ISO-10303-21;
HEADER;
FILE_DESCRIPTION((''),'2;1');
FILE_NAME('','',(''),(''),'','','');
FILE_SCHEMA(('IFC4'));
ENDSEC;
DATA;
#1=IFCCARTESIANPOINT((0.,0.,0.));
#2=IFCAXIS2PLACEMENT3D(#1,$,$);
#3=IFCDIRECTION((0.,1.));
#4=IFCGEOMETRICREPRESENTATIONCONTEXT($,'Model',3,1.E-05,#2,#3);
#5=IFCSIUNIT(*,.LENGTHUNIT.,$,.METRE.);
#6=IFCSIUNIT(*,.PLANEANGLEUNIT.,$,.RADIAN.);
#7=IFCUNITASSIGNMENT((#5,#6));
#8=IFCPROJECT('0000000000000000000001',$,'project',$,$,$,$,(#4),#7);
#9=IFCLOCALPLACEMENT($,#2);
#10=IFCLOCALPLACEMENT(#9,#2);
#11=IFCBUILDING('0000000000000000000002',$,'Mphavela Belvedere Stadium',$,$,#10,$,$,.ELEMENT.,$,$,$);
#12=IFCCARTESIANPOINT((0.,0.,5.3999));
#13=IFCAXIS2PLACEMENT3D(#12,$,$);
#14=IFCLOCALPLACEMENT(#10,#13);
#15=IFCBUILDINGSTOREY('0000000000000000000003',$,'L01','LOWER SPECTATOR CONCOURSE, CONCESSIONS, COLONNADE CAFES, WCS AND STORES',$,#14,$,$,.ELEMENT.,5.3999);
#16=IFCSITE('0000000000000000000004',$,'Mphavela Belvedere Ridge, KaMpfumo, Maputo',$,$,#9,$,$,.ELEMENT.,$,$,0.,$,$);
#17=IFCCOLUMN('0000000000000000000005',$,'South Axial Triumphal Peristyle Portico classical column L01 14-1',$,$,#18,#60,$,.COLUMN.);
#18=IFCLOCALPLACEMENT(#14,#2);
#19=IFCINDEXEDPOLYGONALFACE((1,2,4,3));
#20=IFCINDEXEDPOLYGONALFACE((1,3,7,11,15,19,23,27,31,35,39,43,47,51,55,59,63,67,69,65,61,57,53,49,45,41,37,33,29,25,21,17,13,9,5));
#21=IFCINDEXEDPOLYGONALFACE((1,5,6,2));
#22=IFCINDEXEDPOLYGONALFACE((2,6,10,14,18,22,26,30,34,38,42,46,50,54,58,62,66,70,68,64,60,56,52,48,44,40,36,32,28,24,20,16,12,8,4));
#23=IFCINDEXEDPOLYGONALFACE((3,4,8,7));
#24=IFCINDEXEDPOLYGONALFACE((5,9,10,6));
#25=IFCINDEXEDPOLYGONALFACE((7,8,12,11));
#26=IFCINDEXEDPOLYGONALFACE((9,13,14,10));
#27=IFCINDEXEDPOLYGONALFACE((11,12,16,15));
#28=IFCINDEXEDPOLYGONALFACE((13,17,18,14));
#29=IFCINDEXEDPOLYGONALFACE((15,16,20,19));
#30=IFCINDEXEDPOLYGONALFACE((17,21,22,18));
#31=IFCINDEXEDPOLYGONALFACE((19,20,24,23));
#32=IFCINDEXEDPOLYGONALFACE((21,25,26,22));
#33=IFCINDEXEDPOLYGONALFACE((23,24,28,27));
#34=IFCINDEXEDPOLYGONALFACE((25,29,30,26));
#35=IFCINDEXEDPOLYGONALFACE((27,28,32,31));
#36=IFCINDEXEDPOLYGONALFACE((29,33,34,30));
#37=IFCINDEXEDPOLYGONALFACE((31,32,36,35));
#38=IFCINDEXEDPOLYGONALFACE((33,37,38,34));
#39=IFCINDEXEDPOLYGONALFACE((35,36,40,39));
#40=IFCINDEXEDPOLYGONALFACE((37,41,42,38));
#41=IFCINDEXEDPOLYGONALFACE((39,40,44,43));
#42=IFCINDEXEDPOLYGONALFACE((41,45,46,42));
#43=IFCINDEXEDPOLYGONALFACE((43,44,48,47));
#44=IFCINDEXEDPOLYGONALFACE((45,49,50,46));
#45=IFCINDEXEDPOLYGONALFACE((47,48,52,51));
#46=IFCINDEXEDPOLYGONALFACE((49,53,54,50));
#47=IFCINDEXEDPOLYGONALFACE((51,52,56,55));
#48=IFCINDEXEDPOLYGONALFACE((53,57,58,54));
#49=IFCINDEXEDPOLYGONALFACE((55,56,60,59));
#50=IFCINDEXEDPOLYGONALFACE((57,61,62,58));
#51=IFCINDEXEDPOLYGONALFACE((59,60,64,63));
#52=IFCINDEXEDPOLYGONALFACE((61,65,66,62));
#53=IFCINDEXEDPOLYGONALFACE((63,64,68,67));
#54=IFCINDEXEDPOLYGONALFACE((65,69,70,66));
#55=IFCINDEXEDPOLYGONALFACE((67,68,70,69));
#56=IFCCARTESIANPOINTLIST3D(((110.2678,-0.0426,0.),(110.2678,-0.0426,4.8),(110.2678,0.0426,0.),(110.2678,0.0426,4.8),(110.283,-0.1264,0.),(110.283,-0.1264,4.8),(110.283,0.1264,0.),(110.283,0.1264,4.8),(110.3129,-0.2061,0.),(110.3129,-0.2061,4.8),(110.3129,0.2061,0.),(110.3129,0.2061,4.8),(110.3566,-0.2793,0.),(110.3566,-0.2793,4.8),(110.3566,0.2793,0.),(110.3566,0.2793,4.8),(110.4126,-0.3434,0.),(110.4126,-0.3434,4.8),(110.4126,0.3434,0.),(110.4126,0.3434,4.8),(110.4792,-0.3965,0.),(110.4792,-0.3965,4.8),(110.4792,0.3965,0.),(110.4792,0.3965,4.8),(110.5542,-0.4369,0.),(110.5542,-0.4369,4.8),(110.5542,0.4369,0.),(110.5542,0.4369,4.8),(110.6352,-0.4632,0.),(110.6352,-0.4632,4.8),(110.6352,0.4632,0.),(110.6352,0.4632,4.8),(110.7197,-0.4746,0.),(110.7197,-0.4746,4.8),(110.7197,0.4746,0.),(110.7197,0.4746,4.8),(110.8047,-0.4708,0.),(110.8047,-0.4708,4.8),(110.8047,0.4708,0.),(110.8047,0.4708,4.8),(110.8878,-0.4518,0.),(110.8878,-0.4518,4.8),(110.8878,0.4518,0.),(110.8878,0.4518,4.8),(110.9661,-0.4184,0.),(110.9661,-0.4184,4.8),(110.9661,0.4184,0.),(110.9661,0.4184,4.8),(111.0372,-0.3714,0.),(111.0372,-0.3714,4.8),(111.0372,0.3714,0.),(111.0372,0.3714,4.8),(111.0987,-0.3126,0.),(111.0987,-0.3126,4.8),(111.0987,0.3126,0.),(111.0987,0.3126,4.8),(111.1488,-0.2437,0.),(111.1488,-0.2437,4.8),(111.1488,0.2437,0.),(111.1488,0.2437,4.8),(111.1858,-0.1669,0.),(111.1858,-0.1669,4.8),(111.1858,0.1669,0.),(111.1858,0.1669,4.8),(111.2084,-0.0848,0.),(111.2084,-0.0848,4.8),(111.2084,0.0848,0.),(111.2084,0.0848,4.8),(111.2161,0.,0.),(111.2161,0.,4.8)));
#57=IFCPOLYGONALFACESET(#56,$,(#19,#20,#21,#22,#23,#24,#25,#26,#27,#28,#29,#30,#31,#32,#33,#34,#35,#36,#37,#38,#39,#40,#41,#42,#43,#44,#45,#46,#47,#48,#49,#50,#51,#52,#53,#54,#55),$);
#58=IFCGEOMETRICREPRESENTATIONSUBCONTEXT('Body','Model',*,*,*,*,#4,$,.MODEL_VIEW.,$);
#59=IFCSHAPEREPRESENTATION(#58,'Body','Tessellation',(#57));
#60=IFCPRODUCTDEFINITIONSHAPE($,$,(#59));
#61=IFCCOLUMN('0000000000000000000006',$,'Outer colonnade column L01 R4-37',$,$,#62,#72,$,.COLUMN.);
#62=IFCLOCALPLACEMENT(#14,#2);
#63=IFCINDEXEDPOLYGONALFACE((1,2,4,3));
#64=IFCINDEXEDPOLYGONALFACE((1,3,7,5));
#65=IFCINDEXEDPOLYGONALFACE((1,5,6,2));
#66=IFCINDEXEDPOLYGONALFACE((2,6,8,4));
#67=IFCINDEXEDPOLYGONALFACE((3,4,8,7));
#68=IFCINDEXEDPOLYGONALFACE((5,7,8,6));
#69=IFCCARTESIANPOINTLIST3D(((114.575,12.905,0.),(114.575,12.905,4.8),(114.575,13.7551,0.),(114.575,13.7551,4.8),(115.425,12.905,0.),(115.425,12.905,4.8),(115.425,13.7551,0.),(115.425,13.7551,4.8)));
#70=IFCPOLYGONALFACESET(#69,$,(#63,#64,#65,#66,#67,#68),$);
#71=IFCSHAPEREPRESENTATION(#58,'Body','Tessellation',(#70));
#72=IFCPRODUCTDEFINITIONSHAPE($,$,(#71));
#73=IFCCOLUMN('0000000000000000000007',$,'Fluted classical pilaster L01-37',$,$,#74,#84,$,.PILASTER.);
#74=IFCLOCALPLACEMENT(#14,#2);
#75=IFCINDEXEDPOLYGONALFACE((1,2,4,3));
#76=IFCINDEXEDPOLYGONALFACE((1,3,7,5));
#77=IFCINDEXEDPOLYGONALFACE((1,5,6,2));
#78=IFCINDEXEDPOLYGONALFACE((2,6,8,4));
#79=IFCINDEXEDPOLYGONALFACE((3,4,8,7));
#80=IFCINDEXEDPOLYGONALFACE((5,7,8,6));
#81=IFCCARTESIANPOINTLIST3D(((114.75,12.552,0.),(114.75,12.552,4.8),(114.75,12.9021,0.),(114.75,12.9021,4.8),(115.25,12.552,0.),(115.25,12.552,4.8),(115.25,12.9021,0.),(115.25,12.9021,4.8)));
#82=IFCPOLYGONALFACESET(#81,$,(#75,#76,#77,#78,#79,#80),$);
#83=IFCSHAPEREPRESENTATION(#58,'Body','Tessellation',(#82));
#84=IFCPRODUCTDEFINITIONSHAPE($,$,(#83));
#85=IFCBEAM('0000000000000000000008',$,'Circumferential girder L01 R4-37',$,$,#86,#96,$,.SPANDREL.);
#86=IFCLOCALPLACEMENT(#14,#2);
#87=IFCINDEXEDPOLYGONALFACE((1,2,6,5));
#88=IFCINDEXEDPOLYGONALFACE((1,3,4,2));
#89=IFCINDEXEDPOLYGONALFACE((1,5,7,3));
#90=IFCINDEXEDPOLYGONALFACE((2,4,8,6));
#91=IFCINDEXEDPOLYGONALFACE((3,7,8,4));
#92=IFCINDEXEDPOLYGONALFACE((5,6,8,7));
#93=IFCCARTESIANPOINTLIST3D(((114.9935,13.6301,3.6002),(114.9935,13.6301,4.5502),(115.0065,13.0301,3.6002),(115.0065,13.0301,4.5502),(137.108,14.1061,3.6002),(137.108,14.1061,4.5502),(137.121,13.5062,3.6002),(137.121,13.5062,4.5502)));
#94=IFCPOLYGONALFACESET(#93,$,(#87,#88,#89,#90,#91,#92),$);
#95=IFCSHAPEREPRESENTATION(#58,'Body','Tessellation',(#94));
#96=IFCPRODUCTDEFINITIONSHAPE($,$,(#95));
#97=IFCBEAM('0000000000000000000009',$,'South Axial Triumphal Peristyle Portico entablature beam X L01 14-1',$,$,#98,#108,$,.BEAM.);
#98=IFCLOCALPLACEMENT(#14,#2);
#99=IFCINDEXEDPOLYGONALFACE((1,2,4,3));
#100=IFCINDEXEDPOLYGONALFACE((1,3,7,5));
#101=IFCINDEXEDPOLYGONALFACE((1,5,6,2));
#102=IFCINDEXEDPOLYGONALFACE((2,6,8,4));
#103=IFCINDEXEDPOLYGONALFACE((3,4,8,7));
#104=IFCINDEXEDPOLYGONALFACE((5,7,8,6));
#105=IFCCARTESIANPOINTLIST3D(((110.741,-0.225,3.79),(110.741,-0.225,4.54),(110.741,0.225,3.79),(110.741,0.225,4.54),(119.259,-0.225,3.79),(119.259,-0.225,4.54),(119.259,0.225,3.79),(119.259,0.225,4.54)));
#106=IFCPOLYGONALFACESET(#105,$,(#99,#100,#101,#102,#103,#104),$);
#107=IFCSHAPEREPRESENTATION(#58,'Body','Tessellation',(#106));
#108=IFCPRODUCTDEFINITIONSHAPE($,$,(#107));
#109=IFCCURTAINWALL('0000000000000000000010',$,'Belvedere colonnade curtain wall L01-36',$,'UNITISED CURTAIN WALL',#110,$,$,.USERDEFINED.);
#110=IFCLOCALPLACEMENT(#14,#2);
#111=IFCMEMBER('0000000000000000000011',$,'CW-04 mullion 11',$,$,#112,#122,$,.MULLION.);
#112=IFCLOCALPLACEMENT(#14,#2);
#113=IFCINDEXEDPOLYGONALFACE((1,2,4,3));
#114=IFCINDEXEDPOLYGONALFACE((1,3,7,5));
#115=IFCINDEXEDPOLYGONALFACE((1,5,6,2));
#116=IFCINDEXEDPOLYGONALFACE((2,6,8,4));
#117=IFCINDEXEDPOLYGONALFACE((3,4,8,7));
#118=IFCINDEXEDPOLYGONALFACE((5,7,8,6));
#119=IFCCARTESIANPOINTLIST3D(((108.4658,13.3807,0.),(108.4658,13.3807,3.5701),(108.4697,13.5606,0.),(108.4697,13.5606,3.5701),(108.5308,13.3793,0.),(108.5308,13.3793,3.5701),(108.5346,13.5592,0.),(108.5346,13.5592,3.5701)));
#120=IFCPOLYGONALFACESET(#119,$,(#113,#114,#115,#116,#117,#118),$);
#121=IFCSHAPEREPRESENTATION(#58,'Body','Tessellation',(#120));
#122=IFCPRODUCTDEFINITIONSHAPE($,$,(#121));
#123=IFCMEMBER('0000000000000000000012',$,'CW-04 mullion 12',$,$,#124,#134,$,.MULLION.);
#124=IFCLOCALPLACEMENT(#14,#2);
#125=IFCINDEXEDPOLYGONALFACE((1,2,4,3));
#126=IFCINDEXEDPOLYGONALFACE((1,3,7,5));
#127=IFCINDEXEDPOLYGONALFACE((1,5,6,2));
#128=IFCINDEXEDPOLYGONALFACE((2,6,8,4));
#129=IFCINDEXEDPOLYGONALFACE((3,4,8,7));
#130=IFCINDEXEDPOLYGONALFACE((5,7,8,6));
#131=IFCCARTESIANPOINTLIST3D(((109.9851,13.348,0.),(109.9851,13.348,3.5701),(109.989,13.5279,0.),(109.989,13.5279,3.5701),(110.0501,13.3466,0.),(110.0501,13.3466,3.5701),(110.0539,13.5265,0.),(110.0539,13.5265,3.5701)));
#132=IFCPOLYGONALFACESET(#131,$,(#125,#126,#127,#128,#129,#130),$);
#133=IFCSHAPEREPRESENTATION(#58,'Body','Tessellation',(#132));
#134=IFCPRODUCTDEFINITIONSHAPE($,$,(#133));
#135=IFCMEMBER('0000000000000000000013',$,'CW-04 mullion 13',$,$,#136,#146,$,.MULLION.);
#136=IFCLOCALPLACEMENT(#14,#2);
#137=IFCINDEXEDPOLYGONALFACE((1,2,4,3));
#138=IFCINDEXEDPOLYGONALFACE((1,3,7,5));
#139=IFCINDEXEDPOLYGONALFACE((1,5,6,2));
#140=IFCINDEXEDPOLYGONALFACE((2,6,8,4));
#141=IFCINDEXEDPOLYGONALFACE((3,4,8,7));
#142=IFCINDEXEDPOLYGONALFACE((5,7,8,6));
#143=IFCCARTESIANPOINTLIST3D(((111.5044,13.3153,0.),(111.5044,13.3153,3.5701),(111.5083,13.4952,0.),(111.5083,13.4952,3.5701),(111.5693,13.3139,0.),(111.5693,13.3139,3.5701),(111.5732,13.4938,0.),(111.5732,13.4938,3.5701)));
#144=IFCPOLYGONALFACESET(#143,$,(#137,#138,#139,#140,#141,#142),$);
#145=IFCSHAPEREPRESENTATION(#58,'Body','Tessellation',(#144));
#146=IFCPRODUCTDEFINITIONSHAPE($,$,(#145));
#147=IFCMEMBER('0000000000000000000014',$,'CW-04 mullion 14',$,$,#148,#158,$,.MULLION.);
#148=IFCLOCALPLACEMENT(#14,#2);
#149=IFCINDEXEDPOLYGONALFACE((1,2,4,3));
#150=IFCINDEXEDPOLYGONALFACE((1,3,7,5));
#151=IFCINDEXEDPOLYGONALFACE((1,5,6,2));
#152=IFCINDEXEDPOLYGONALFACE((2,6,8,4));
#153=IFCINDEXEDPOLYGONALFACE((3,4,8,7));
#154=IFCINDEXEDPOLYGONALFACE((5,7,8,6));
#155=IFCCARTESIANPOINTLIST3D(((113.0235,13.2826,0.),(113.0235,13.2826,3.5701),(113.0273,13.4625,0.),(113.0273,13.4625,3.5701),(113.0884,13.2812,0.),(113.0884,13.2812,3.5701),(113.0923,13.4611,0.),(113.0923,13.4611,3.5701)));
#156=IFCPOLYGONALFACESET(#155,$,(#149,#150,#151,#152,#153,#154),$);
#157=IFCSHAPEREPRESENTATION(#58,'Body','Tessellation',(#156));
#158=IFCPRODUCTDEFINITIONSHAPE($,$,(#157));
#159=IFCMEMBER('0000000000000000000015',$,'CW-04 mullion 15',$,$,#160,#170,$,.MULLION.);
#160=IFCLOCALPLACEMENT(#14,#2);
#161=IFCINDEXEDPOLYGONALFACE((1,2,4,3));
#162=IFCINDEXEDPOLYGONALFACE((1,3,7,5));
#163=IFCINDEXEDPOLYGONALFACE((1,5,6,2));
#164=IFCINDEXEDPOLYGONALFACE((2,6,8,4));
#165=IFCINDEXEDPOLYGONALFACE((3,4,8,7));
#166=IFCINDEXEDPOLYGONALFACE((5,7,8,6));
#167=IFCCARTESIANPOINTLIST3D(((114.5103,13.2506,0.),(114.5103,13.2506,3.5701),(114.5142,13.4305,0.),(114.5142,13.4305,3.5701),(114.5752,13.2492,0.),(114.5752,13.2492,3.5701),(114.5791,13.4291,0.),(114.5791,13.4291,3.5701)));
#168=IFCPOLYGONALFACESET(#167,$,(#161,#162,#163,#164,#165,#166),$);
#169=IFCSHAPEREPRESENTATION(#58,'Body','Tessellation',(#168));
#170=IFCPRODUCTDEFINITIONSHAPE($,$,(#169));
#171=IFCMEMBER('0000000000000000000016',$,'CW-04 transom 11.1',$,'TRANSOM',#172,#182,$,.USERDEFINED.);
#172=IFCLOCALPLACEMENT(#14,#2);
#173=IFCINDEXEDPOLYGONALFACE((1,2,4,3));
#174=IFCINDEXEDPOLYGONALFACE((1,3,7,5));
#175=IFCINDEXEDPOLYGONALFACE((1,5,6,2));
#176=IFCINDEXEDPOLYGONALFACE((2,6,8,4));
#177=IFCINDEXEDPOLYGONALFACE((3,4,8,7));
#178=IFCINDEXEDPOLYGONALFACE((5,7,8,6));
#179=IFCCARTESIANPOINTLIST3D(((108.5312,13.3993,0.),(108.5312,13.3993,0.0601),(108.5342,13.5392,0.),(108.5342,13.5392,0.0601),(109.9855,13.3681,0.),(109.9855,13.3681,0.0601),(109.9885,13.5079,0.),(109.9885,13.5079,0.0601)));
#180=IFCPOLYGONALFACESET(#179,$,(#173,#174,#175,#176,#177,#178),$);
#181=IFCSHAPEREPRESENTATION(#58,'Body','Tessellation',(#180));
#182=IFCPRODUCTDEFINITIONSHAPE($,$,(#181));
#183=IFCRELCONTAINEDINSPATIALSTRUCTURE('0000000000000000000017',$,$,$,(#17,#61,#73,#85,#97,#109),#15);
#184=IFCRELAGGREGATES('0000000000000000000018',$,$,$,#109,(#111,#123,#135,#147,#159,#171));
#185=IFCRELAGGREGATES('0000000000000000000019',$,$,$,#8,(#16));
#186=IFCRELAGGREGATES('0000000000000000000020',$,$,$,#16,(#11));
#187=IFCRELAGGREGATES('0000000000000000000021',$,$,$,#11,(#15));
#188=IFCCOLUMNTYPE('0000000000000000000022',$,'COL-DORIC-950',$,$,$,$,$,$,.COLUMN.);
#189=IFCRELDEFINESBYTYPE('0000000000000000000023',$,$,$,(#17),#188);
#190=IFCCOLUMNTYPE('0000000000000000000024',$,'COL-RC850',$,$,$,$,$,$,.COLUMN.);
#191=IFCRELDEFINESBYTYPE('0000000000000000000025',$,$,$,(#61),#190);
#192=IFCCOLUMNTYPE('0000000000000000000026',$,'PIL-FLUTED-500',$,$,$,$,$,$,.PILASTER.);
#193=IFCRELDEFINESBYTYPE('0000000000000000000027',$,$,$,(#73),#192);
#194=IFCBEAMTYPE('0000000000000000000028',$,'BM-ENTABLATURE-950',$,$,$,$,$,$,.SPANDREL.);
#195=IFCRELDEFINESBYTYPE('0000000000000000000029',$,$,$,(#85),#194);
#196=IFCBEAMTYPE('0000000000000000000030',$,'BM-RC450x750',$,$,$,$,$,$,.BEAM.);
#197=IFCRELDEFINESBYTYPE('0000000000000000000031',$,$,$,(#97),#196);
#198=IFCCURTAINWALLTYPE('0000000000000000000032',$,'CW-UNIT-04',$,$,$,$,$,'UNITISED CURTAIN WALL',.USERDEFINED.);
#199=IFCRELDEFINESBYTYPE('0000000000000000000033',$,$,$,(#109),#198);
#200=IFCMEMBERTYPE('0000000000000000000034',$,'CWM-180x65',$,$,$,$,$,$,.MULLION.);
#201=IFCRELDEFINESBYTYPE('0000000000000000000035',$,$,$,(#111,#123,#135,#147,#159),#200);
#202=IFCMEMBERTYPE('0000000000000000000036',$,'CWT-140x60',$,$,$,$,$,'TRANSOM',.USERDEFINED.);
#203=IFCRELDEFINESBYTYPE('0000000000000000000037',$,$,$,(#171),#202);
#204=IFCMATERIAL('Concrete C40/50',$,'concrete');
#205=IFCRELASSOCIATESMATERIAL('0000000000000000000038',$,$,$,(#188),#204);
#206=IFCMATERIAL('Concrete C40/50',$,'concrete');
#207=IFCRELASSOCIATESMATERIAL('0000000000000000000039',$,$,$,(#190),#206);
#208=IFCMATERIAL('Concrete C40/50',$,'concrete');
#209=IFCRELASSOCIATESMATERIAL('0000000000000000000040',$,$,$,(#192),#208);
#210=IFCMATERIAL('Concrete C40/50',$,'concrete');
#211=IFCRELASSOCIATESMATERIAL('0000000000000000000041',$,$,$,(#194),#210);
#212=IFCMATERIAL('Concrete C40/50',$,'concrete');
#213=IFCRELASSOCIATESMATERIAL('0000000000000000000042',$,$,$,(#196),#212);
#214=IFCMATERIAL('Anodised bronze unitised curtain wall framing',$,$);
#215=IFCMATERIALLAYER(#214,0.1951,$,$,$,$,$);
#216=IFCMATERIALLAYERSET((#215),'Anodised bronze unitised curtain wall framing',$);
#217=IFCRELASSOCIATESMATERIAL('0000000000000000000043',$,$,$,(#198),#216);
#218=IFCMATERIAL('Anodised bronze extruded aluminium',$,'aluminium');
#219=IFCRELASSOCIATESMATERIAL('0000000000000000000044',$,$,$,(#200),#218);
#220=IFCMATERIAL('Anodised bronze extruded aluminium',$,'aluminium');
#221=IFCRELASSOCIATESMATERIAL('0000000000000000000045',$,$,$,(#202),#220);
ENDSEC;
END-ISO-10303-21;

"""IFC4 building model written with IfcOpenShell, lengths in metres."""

from ifc_helpers import new_model, si_unit, direction, frame, origin, origin_2d, place, context, subcontext, project, spatial, rectangle, circle, extrude, material, layer, layer_set, material_profile, profile_set, type_object, element, aggregate, save


model = new_model("IFC4")

# Units and contexts
model_context = context("Model", 3, precision=1e-05, world=origin(), true_north=direction((0.0, 1.0)))
body_context = subcontext(model_context, "Body", "Model", "MODEL_VIEW")
ifc_project = project(units=[si_unit("LENGTHUNIT", "METRE"), si_unit("PLANEANGLEUNIT", "RADIAN")], contexts=[model_context])

# Site, building, storey
site_placement = place(None, origin())
site = spatial("IfcSite", under=ifc_project, at=site_placement, Name="Mphavela Belvedere Ridge, KaMpfumo, Maputo", CompositionType="ELEMENT", RefElevation=0.0)
building_placement = place(site_placement, origin())
building = spatial("IfcBuilding", under=site, at=building_placement, Name="Mphavela Belvedere Stadium", CompositionType="ELEMENT")
storey_placement = place(building_placement, frame((0.0, 0.0, 5.3999)))
storey = spatial("IfcBuildingStorey", under=building, at=storey_placement, Name="L01", Description="LOWER SPECTATOR CONCOURSE, CONCESSIONS, COLONNADE CAFES, WCS AND STORES", CompositionType="ELEMENT", Elevation=5.3999)

# Columns
ifc_material_1 = material(Name="Concrete C40/50", Category="concrete")
ifc_material_profile_1 = material_profile(ifc_material_1, circle(Radius=0.4751, at=origin_2d()), Name="COL D950")
ifc_profile_set_1 = profile_set([ifc_material_profile_1], Name="Concrete C40/50")
column_type_1 = type_object("IfcColumnType", Name="COL-DORIC-950", PredefinedType="COLUMN", material=ifc_profile_set_1)
column_1_placement = place(storey_placement, frame((110.741, 0.0, 0.0), z_axis=(0.0, 0.0, 1.0), x_axis=(1.0, 0.0, 0.0)))
element("IfcColumn", 1, at=column_1_placement, inside=storey, type_object=column_type_1, Name="South Axial Triumphal Peristyle Portico classical column L01 14-1", PredefinedType="COLUMN", context=body_context, shape_type="SweptSolid", body=[
    extrude(circle(Radius=0.4751, at=origin_2d()), origin(), (0.0, 0.0, 1.0), 4.8),
])
ifc_material_2 = material(Name="Concrete C40/50", Category="concrete")
ifc_material_profile_2 = material_profile(ifc_material_2, rectangle(XDim=0.8501, YDim=0.8501, at=origin_2d()), Name="RC 850x850")
ifc_profile_set_2 = profile_set([ifc_material_profile_2], Name="Concrete C40/50")
column_type_2 = type_object("IfcColumnType", Name="COL-RC850", PredefinedType="COLUMN", material=ifc_profile_set_2)
column_2_placement = place(storey_placement, frame((115.0, 13.3301, 0.0), z_axis=(0.0, 0.0, 1.0), x_axis=(0.0, -1.0, 0.0)))
element("IfcColumn", 2, at=column_2_placement, inside=storey, type_object=column_type_2, Name="Outer colonnade column L01 R4-37", PredefinedType="COLUMN", context=body_context, shape_type="SweptSolid", body=[
    extrude(rectangle(XDim=0.8501, YDim=0.8501, at=origin_2d()), origin(), (0.0, 0.0, 1.0), 4.8),
])
ifc_material_3 = material(Name="Concrete C40/50", Category="concrete")
ifc_material_profile_3 = material_profile(ifc_material_3, rectangle(XDim=0.5, YDim=0.3501, at=origin_2d()), Name="PIL 500x350")
ifc_profile_set_3 = profile_set([ifc_material_profile_3], Name="Concrete C40/50")
column_type_3 = type_object("IfcColumnType", Name="PIL-FLUTED-500", PredefinedType="PILASTER", material=ifc_profile_set_3)
column_3_placement = place(storey_placement, frame((115.0, 12.7271, 0.0), z_axis=(0.0, 0.0, 1.0), x_axis=(1.0, 0.0, 0.0)))
element("IfcColumn", 3, at=column_3_placement, inside=storey, type_object=column_type_3, Name="Fluted classical pilaster L01-37", PredefinedType="PILASTER", context=body_context, shape_type="SweptSolid", body=[
    extrude(rectangle(XDim=0.5, YDim=0.3501, at=origin_2d()), origin(), (0.0, 0.0, 1.0), 4.8),
])

# Beams
ifc_material_4 = material(Name="Concrete C40/50", Category="concrete")
ifc_material_profile_4 = material_profile(ifc_material_4, rectangle(XDim=0.6001, YDim=0.95, at=origin_2d()), Name="RC 600x950")
ifc_profile_set_4 = profile_set([ifc_material_profile_4], Name="Concrete C40/50")
beam_type_1 = type_object("IfcBeamType", Name="BM-ENTABLATURE-950", PredefinedType="SPANDREL", material=ifc_profile_set_4)
beam_1_placement = place(storey_placement, frame((115.0, 13.3301, 4.0752), z_axis=(0.999768, 0.021523, 0.0), x_axis=(-0.021523, 0.999768, 0.0)))
element("IfcBeam", 4, at=beam_1_placement, inside=storey, type_object=beam_type_1, Name="Circumferential girder L01 R4-37", PredefinedType="SPANDREL", context=body_context, shape_type="SweptSolid", body=[
    extrude(rectangle(XDim=0.6001, YDim=0.95, at=origin_2d()), origin(), (0.0, 0.0, 1.0), 22.1196),
])
ifc_material_5 = material(Name="Concrete C40/50", Category="concrete")
ifc_material_profile_5 = material_profile(ifc_material_5, rectangle(XDim=0.45, YDim=0.75, at=origin_2d()), Name="RC 450x750")
ifc_profile_set_5 = profile_set([ifc_material_profile_5], Name="Concrete C40/50")
beam_type_2 = type_object("IfcBeamType", Name="BM-RC450x750", PredefinedType="BEAM", material=ifc_profile_set_5)
beam_2_placement = place(storey_placement, frame((110.741, 0.0, 4.165), z_axis=(1.0, 0.0, 0.0), x_axis=(0.0, 1.0, 0.0)))
element("IfcBeam", 5, at=beam_2_placement, inside=storey, type_object=beam_type_2, Name="South Axial Triumphal Peristyle Portico entablature beam X L01 14-1", PredefinedType="BEAM", context=body_context, shape_type="SweptSolid", body=[
    extrude(rectangle(XDim=0.45, YDim=0.75, at=origin_2d()), origin(), (0.0, 0.0, 1.0), 8.5181),
])

# Curtain wall, members
ifc_material_6 = material(Name="Anodised bronze unitised curtain wall framing")
ifc_layer_1 = layer(ifc_material_6, 0.1951)
ifc_layer_set_1 = layer_set([ifc_layer_1], Name="Anodised bronze unitised curtain wall framing")
curtain_wall_type = type_object("IfcCurtainWallType", Name="CW-UNIT-04", ElementType="UNITISED CURTAIN WALL", PredefinedType="USERDEFINED", material=ifc_layer_set_1)
curtain_wall_placement = place(storey_placement, origin())
curtain_wall = element("IfcCurtainWall", 6, at=curtain_wall_placement, inside=storey, type_object=curtain_wall_type, Name="Belvedere colonnade curtain wall L01-36", ObjectType="UNITISED CURTAIN WALL", PredefinedType="USERDEFINED")
ifc_material_7 = material(Name="Anodised bronze extruded aluminium", Category="aluminium")
ifc_material_profile_6 = material_profile(ifc_material_7, rectangle(XDim=0.1799, YDim=0.0649, at=origin_2d()), Name="CW-MUL 180x65")
ifc_profile_set_6 = profile_set([ifc_material_profile_6], Name="Anodised bronze extruded aluminium")
member_type_1 = type_object("IfcMemberType", Name="CWM-180x65", PredefinedType="MULLION", material=ifc_profile_set_6)
member_1_placement = place(storey_placement, frame((108.5002, 13.47, 0.0), z_axis=(0.0, 0.0, 1.0), x_axis=(0.021529, 0.999768, 0.0)))
member_1 = element("IfcMember", 7, at=member_1_placement, type_object=member_type_1, Name="CW-04 mullion 11", PredefinedType="MULLION", context=body_context, shape_type="SweptSolid", body=[
    extrude(rectangle(XDim=0.1799, YDim=0.0649, at=origin_2d()), origin(), (0.0, 0.0, 1.0), 3.5701),
])
member_2_placement = place(storey_placement, frame((110.0195, 13.4373, 0.0), z_axis=(0.0, 0.0, 1.0), x_axis=(0.021529, 0.999768, 0.0)))
member_2 = element("IfcMember", 8, at=member_2_placement, type_object=member_type_1, Name="CW-04 mullion 12", PredefinedType="MULLION", context=body_context, shape_type="SweptSolid", body=[
    extrude(rectangle(XDim=0.1799, YDim=0.0649, at=origin_2d()), origin(), (0.0, 0.0, 1.0), 3.5701),
])
member_3_placement = place(storey_placement, frame((111.5388, 13.4045, 0.0), z_axis=(0.0, 0.0, 1.0), x_axis=(0.021529, 0.999768, 0.0)))
member_3 = element("IfcMember", 9, at=member_3_placement, type_object=member_type_1, Name="CW-04 mullion 13", PredefinedType="MULLION", context=body_context, shape_type="SweptSolid", body=[
    extrude(rectangle(XDim=0.1799, YDim=0.0649, at=origin_2d()), origin(), (0.0, 0.0, 1.0), 3.5701),
])
member_4_placement = place(storey_placement, frame((113.0579, 13.3718, 0.0), z_axis=(0.0, 0.0, 1.0), x_axis=(0.021529, 0.999768, 0.0)))
member_4 = element("IfcMember", 10, at=member_4_placement, type_object=member_type_1, Name="CW-04 mullion 14", PredefinedType="MULLION", context=body_context, shape_type="SweptSolid", body=[
    extrude(rectangle(XDim=0.1799, YDim=0.0649, at=origin_2d()), origin(), (0.0, 0.0, 1.0), 3.5701),
])
member_5_placement = place(storey_placement, frame((114.5447, 13.3398, 0.0), z_axis=(0.0, 0.0, 1.0), x_axis=(0.021529, 0.999768, 0.0)))
member_5 = element("IfcMember", 11, at=member_5_placement, type_object=member_type_1, Name="CW-04 mullion 15", PredefinedType="MULLION", context=body_context, shape_type="SweptSolid", body=[
    extrude(rectangle(XDim=0.1799, YDim=0.0649, at=origin_2d()), origin(), (0.0, 0.0, 1.0), 3.5701),
])
ifc_material_8 = material(Name="Anodised bronze extruded aluminium", Category="aluminium")
ifc_material_profile_7 = material_profile(ifc_material_8, rectangle(XDim=0.1399, YDim=0.0601, at=origin_2d()), Name="CW-TRN 140x60")
ifc_profile_set_7 = profile_set([ifc_material_profile_7], Name="Anodised bronze extruded aluminium")
member_type_2 = type_object("IfcMemberType", Name="CWT-140x60", ElementType="TRANSOM", PredefinedType="USERDEFINED", material=ifc_profile_set_7)
member_6_placement = place(storey_placement, frame((108.5327, 13.4692, 0.03), z_axis=(0.999769, -0.021482, 0.0), x_axis=(0.021482, 0.999769, 0.0)))
member_6 = element("IfcMember", 12, at=member_6_placement, type_object=member_type_2, Name="CW-04 transom 11.1", ObjectType="TRANSOM", PredefinedType="USERDEFINED", context=body_context, shape_type="SweptSolid", body=[
    extrude(rectangle(XDim=0.1399, YDim=0.0601, at=origin_2d()), origin(), (0.0, 0.0, 1.0), 1.4546),
])
aggregate(curtain_wall, [member_1, member_2, member_3, member_4, member_5, member_6])

save(model, "model.ifc")
